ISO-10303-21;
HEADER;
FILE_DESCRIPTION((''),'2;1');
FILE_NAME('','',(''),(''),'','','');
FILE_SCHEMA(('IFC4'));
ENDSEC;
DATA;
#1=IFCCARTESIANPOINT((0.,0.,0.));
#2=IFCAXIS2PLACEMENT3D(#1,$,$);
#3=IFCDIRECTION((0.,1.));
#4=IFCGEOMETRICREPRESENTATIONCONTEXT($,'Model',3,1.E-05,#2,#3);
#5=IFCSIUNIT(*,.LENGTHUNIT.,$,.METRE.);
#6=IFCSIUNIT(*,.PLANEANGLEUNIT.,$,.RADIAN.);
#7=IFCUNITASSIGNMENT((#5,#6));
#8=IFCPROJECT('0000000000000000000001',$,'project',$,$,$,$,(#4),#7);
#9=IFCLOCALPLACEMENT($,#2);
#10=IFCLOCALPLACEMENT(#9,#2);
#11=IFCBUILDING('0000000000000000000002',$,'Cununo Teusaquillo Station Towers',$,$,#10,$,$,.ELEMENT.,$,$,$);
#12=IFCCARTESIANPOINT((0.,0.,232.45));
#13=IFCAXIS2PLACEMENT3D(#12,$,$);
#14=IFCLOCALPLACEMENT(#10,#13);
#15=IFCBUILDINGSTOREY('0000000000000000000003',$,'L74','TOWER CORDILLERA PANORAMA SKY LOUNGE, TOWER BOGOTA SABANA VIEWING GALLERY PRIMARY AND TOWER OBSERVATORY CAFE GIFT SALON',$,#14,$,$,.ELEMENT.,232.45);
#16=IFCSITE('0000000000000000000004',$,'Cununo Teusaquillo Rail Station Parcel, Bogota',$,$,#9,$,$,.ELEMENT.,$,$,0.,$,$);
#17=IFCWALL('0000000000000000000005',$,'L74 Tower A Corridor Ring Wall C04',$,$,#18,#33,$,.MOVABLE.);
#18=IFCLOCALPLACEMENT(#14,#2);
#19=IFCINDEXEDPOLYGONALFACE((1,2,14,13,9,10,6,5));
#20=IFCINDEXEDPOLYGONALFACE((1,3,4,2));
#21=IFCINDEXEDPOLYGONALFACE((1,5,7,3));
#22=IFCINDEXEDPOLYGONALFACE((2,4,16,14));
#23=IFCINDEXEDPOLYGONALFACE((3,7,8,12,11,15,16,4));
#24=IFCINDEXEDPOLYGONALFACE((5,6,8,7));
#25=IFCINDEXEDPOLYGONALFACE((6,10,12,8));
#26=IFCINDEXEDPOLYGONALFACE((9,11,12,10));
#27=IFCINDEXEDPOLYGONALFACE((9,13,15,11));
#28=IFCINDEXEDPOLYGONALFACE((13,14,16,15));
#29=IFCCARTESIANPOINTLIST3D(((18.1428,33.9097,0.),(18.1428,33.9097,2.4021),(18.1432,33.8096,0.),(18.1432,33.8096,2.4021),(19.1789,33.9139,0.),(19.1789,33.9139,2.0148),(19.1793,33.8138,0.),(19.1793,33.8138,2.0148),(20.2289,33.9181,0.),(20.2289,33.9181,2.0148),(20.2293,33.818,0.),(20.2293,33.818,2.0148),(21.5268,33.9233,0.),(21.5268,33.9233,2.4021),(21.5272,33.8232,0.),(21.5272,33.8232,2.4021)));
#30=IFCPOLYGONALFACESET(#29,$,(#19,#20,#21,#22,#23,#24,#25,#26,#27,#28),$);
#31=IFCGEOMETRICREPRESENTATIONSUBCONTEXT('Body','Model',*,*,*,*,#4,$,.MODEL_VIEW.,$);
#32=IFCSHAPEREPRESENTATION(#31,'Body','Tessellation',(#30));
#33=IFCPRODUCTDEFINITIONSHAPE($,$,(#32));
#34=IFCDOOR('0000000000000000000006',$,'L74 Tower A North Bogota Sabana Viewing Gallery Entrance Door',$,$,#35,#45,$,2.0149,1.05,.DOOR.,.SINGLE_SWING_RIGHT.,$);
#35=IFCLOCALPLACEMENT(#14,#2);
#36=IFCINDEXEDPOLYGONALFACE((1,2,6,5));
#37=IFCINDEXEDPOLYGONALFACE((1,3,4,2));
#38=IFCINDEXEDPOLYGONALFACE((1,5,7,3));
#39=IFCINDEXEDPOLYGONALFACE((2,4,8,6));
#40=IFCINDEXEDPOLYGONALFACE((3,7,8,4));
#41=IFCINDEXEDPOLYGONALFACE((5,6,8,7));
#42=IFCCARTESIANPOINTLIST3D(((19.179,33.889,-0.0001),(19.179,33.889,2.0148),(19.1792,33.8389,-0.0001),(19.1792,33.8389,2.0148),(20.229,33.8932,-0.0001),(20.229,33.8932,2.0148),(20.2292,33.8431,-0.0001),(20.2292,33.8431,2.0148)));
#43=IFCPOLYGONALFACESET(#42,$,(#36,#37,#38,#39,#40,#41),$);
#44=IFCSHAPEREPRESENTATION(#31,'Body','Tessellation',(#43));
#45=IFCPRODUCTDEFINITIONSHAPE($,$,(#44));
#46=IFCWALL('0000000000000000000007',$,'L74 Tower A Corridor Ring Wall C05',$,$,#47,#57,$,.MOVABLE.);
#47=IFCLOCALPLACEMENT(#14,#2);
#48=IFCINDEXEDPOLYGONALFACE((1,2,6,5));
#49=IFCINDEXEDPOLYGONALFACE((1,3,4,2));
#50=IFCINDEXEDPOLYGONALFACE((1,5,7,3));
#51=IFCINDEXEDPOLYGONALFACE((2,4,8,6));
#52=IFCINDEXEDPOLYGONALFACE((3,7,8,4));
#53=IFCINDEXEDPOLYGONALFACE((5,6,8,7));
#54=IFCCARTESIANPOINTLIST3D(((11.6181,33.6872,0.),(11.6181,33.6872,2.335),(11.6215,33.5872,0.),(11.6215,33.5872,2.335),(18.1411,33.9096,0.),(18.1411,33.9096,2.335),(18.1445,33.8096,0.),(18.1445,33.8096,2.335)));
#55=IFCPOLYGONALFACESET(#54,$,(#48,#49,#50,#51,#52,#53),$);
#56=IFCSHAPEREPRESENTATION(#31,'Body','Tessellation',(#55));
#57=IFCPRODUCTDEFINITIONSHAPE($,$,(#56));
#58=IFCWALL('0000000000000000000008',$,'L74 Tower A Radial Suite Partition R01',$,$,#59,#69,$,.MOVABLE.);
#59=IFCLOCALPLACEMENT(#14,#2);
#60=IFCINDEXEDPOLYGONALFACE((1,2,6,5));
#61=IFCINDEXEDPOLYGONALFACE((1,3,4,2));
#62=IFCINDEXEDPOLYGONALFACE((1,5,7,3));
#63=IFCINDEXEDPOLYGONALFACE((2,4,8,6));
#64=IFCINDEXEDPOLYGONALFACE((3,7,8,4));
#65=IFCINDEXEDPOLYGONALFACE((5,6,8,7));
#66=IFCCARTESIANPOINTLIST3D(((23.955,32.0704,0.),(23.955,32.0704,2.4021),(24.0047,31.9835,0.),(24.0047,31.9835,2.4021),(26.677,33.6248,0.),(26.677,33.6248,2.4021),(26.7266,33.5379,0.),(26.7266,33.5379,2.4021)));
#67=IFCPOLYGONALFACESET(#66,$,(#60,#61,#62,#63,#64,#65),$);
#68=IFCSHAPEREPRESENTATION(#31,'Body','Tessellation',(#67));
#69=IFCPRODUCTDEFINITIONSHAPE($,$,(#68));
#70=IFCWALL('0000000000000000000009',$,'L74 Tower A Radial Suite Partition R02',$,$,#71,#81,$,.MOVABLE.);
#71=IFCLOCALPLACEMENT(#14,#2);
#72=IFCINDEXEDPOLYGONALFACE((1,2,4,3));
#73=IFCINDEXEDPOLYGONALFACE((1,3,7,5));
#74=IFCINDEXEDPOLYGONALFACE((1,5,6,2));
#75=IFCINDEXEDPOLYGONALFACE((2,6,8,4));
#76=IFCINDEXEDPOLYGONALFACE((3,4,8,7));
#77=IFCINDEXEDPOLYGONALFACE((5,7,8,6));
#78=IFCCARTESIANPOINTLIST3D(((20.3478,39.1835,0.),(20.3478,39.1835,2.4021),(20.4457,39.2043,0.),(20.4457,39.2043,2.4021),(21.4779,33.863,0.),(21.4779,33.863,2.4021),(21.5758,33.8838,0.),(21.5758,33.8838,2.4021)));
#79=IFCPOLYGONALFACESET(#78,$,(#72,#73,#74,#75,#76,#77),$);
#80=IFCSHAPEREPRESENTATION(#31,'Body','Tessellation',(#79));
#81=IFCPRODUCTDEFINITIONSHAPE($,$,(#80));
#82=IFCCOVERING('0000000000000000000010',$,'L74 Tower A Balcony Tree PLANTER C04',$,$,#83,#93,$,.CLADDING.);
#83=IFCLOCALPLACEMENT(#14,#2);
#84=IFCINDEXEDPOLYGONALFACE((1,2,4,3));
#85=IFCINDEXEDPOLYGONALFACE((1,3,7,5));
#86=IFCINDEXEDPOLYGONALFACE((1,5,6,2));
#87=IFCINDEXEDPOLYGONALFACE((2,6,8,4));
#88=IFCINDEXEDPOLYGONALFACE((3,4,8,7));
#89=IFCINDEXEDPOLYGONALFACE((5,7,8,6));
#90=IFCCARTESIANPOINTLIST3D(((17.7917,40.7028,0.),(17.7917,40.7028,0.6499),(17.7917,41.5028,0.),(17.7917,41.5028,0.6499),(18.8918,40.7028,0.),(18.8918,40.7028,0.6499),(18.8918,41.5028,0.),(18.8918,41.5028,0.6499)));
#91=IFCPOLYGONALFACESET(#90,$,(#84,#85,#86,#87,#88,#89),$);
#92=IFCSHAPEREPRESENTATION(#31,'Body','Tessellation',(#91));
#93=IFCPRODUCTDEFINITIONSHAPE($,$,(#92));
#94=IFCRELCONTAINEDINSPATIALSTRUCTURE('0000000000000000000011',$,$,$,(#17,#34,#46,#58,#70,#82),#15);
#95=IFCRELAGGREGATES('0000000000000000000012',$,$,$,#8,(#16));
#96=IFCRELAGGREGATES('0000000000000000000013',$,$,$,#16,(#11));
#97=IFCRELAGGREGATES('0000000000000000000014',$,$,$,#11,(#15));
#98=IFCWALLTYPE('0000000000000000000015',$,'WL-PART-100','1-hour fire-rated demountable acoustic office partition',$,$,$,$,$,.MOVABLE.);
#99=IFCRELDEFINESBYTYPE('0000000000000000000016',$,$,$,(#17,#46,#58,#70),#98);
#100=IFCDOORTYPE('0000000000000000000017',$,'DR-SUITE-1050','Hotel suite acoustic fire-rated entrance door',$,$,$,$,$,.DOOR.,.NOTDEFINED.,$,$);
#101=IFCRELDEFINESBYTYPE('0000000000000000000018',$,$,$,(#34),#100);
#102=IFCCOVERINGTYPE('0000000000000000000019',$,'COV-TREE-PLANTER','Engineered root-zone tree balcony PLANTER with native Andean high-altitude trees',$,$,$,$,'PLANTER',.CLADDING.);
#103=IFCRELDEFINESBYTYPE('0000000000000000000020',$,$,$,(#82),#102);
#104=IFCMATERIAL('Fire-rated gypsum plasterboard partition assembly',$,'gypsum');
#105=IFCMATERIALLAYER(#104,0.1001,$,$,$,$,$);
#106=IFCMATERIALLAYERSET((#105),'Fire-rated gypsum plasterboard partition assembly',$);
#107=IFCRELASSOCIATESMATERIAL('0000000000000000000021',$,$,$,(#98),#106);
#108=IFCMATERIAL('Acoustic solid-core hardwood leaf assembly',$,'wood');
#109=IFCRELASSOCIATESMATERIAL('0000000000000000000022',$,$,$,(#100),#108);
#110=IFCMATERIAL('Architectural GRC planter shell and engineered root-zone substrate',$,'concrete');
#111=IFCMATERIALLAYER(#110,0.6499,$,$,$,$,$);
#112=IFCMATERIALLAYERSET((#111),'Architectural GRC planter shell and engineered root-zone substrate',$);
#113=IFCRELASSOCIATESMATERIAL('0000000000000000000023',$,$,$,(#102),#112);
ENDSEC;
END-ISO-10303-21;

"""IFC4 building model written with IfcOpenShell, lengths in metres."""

from ifc_helpers import new_model, si_unit, direction, frame, frame_2d, origin, origin_2d, place, context, subcontext, project, spatial, rectangle, extrude, source, transform, mapped, material, layer, layer_set, type_object, element, fill, save


model = new_model("IFC4")

# Units and contexts
model_context = context("Model", 3, precision=1e-05, world=origin(), true_north=direction((0.0, 1.0)))
body_context = subcontext(model_context, "Body", "Model", "MODEL_VIEW")
ifc_project = project(units=[si_unit("LENGTHUNIT", "METRE"), si_unit("PLANEANGLEUNIT", "RADIAN")], contexts=[model_context])

# Site, building, storey
site_placement = place(None, origin())
site = spatial("IfcSite", under=ifc_project, at=site_placement, Name="Cununo Teusaquillo Rail Station Parcel, Bogota", CompositionType="ELEMENT", RefElevation=0.0)
building_placement = place(site_placement, origin())
building = spatial("IfcBuilding", under=site, at=building_placement, Name="Cununo Teusaquillo Station Towers", CompositionType="ELEMENT")
storey_placement = place(building_placement, frame((0.0, 0.0, 232.45)))
storey = spatial("IfcBuildingStorey", under=building, at=storey_placement, Name="L74", Description="TOWER CORDILLERA PANORAMA SKY LOUNGE, TOWER BOGOTA SABANA VIEWING GALLERY PRIMARY AND TOWER OBSERVATORY CAFE GIFT SALON", CompositionType="ELEMENT", Elevation=232.45)

# Shared definitions
ifc_material_1 = material(Name="Fire-rated gypsum plasterboard partition assembly", Category="gypsum")
ifc_layer_1 = layer(ifc_material_1, 0.1001)
ifc_layer_set_1 = layer_set([ifc_layer_1], Name="Fire-rated gypsum plasterboard partition assembly")
wall_type_1 = type_object("IfcWallType", Name="WL-PART-100", Description="1-hour fire-rated demountable acoustic office partition", PredefinedType="MOVABLE", material=ifc_layer_set_1)

# Wall, opening, door
shared_shape_1 = source(origin(), body_context, "Body", "SweptSolid", [
    extrude(rectangle(XDim=1.05, YDim=2.0149, at=frame_2d((0.5249, 1.0073))), frame((0.0, 0.0601, 0.0), z_axis=(0.0, -1.0, 0.0), x_axis=(1.0, 0.0, 0.0)), (0.0, 0.0, 1.0), 0.1201),
])
ifc_material_2 = material(Name="Acoustic solid-core hardwood leaf assembly", Category="wood")
door_type_1 = type_object("IfcDoorType", Name="DR-SUITE-1050", Description="Hotel suite acoustic fire-rated entrance door", OperationType="NOTDEFINED", PredefinedType="DOOR", material=ifc_material_2)
shared_shape_2 = source(origin(), body_context, "Body", "SweptSolid", [
    extrude(rectangle(XDim=1.05, YDim=2.0149, at=frame_2d((0.5249, 1.0073))), frame((0.0, 0.0249, 0.0), z_axis=(0.0, -1.0, 0.0), x_axis=(1.0, 0.0, 0.0)), (0.0, 0.0, 1.0), 0.05),
])
wall_1_placement = place(storey_placement, frame((21.5269, 33.8733, 0.0), z_axis=(0.0, 0.0, 1.0), x_axis=(-0.999992, -0.00404, 0.0)))
wall_1 = element("IfcWall", 1, at=wall_1_placement, inside=storey, type_object=wall_type_1, Name="L74 Tower A Corridor Ring Wall C04", PredefinedType="MOVABLE", context=body_context, shape_type="SweptSolid", body=[
    extrude(rectangle(XDim=3.384, YDim=0.1001, at=frame_2d((1.6919, 0.0))), origin(), (0.0, 0.0, 1.0), 2.4021),
])
opening_1_placement = place(wall_1_placement, frame((1.2979, 0.0, 0.0)))
opening_1 = element("IfcOpeningElement", 2, at=opening_1_placement, cuts=wall_1, PredefinedType="OPENING", context=body_context, shape_type="MappedRepresentation", body=[
    mapped(shared_shape_1, transform((0.0, 0.0, 0.0), x_axis=(1.0, 0.0, 0.0), y_axis=(0.0, 1.0, 0.0), z_axis=(0.0, 0.0, 1.0), scale=1.0)),
])
door_1_placement = place(opening_1_placement, origin())
door_1 = element("IfcDoor", 3, at=door_1_placement, inside=storey, type_object=door_type_1, Name="L74 Tower A North Bogota Sabana Viewing Gallery Entrance Door", OperationType="SINGLE_SWING_RIGHT", OverallHeight=2.0149, OverallWidth=1.05, PredefinedType="DOOR", context=body_context, shape_type="MappedRepresentation", body=[
    mapped(shared_shape_2, transform((0.0, 0.0, 0.0), x_axis=(1.0, 0.0, 0.0), y_axis=(0.0, 1.0, 0.0), z_axis=(0.0, 0.0, 1.0), scale=1.0)),
])
fill(opening_1, door_1)

# Walls
wall_2_placement = place(storey_placement, frame((18.1428, 33.8596, 0.0), z_axis=(0.0, 0.0, 1.0), x_axis=(-0.999419, -0.034077, 0.0)))
element("IfcWall", 4, at=wall_2_placement, inside=storey, type_object=wall_type_1, Name="L74 Tower A Corridor Ring Wall C05", PredefinedType="MOVABLE", context=body_context, shape_type="SweptSolid", body=[
    extrude(rectangle(XDim=6.5269, YDim=0.1001, at=frame_2d((3.2634, 0.0))), origin(), (0.0, 0.0, 1.0), 2.335),
])
wall_3_placement = place(storey_placement, frame((23.9797, 32.0269, 0.0), z_axis=(0.0, 0.0, 1.0), x_axis=(0.868373, 0.495912, 0.0)))
element("IfcWall", 5, at=wall_3_placement, inside=storey, type_object=wall_type_1, Name="L74 Tower A Radial Suite Partition R01", PredefinedType="MOVABLE", context=body_context, shape_type="SweptSolid", body=[
    extrude(rectangle(XDim=3.1345, YDim=0.1001, at=frame_2d((1.5674, 0.0))), origin(), (0.0, 0.0, 1.0), 2.4021),
])
wall_4_placement = place(storey_placement, frame((21.5269, 33.8733, 0.0), z_axis=(0.0, 0.0, 1.0), x_axis=(-0.207772, 0.978177, 0.0)))
element("IfcWall", 6, at=wall_4_placement, inside=storey, type_object=wall_type_1, Name="L74 Tower A Radial Suite Partition R02", PredefinedType="MOVABLE", context=body_context, shape_type="SweptSolid", body=[
    extrude(rectangle(XDim=5.4392, YDim=0.1001, at=frame_2d((2.7197, 0.0))), origin(), (0.0, 0.0, 1.0), 2.4021),
])

# Covering
ifc_material_3 = material(Name="Architectural GRC planter shell and engineered root-zone substrate", Category="concrete")
ifc_layer_2 = layer(ifc_material_3, 0.6499)
ifc_layer_set_2 = layer_set([ifc_layer_2], Name="Architectural GRC planter shell and engineered root-zone substrate")
covering_type = type_object("IfcCoveringType", Name="COV-TREE-PLANTER", Description="Engineered root-zone tree balcony PLANTER with native Andean high-altitude trees", ElementType="PLANTER", PredefinedType="CLADDING", material=ifc_layer_set_2)
shared_shape_3 = source(origin(), body_context, "Body", "SweptSolid", [
    extrude(rectangle(XDim=1.1001, YDim=0.8, at=origin_2d()), origin(), (0.0, 0.0, 1.0), 0.6499),
])
covering_placement = place(storey_placement, frame((18.3418, 41.1028, 0.0), z_axis=(0.0, 0.0, 1.0), x_axis=(1.0, 0.0, 0.0)))
element("IfcCovering", 7, at=covering_placement, inside=storey, type_object=covering_type, Name="L74 Tower A Balcony Tree PLANTER C04", PredefinedType="CLADDING", context=body_context, shape_type="MappedRepresentation", body=[
    mapped(shared_shape_3, transform((0.0, 0.0, 0.0), x_axis=(1.0, 0.0, 0.0), y_axis=(0.0, 1.0, 0.0), z_axis=(0.0, 0.0, 1.0), scale=1.0)),
])

save(model, "model.ifc")
